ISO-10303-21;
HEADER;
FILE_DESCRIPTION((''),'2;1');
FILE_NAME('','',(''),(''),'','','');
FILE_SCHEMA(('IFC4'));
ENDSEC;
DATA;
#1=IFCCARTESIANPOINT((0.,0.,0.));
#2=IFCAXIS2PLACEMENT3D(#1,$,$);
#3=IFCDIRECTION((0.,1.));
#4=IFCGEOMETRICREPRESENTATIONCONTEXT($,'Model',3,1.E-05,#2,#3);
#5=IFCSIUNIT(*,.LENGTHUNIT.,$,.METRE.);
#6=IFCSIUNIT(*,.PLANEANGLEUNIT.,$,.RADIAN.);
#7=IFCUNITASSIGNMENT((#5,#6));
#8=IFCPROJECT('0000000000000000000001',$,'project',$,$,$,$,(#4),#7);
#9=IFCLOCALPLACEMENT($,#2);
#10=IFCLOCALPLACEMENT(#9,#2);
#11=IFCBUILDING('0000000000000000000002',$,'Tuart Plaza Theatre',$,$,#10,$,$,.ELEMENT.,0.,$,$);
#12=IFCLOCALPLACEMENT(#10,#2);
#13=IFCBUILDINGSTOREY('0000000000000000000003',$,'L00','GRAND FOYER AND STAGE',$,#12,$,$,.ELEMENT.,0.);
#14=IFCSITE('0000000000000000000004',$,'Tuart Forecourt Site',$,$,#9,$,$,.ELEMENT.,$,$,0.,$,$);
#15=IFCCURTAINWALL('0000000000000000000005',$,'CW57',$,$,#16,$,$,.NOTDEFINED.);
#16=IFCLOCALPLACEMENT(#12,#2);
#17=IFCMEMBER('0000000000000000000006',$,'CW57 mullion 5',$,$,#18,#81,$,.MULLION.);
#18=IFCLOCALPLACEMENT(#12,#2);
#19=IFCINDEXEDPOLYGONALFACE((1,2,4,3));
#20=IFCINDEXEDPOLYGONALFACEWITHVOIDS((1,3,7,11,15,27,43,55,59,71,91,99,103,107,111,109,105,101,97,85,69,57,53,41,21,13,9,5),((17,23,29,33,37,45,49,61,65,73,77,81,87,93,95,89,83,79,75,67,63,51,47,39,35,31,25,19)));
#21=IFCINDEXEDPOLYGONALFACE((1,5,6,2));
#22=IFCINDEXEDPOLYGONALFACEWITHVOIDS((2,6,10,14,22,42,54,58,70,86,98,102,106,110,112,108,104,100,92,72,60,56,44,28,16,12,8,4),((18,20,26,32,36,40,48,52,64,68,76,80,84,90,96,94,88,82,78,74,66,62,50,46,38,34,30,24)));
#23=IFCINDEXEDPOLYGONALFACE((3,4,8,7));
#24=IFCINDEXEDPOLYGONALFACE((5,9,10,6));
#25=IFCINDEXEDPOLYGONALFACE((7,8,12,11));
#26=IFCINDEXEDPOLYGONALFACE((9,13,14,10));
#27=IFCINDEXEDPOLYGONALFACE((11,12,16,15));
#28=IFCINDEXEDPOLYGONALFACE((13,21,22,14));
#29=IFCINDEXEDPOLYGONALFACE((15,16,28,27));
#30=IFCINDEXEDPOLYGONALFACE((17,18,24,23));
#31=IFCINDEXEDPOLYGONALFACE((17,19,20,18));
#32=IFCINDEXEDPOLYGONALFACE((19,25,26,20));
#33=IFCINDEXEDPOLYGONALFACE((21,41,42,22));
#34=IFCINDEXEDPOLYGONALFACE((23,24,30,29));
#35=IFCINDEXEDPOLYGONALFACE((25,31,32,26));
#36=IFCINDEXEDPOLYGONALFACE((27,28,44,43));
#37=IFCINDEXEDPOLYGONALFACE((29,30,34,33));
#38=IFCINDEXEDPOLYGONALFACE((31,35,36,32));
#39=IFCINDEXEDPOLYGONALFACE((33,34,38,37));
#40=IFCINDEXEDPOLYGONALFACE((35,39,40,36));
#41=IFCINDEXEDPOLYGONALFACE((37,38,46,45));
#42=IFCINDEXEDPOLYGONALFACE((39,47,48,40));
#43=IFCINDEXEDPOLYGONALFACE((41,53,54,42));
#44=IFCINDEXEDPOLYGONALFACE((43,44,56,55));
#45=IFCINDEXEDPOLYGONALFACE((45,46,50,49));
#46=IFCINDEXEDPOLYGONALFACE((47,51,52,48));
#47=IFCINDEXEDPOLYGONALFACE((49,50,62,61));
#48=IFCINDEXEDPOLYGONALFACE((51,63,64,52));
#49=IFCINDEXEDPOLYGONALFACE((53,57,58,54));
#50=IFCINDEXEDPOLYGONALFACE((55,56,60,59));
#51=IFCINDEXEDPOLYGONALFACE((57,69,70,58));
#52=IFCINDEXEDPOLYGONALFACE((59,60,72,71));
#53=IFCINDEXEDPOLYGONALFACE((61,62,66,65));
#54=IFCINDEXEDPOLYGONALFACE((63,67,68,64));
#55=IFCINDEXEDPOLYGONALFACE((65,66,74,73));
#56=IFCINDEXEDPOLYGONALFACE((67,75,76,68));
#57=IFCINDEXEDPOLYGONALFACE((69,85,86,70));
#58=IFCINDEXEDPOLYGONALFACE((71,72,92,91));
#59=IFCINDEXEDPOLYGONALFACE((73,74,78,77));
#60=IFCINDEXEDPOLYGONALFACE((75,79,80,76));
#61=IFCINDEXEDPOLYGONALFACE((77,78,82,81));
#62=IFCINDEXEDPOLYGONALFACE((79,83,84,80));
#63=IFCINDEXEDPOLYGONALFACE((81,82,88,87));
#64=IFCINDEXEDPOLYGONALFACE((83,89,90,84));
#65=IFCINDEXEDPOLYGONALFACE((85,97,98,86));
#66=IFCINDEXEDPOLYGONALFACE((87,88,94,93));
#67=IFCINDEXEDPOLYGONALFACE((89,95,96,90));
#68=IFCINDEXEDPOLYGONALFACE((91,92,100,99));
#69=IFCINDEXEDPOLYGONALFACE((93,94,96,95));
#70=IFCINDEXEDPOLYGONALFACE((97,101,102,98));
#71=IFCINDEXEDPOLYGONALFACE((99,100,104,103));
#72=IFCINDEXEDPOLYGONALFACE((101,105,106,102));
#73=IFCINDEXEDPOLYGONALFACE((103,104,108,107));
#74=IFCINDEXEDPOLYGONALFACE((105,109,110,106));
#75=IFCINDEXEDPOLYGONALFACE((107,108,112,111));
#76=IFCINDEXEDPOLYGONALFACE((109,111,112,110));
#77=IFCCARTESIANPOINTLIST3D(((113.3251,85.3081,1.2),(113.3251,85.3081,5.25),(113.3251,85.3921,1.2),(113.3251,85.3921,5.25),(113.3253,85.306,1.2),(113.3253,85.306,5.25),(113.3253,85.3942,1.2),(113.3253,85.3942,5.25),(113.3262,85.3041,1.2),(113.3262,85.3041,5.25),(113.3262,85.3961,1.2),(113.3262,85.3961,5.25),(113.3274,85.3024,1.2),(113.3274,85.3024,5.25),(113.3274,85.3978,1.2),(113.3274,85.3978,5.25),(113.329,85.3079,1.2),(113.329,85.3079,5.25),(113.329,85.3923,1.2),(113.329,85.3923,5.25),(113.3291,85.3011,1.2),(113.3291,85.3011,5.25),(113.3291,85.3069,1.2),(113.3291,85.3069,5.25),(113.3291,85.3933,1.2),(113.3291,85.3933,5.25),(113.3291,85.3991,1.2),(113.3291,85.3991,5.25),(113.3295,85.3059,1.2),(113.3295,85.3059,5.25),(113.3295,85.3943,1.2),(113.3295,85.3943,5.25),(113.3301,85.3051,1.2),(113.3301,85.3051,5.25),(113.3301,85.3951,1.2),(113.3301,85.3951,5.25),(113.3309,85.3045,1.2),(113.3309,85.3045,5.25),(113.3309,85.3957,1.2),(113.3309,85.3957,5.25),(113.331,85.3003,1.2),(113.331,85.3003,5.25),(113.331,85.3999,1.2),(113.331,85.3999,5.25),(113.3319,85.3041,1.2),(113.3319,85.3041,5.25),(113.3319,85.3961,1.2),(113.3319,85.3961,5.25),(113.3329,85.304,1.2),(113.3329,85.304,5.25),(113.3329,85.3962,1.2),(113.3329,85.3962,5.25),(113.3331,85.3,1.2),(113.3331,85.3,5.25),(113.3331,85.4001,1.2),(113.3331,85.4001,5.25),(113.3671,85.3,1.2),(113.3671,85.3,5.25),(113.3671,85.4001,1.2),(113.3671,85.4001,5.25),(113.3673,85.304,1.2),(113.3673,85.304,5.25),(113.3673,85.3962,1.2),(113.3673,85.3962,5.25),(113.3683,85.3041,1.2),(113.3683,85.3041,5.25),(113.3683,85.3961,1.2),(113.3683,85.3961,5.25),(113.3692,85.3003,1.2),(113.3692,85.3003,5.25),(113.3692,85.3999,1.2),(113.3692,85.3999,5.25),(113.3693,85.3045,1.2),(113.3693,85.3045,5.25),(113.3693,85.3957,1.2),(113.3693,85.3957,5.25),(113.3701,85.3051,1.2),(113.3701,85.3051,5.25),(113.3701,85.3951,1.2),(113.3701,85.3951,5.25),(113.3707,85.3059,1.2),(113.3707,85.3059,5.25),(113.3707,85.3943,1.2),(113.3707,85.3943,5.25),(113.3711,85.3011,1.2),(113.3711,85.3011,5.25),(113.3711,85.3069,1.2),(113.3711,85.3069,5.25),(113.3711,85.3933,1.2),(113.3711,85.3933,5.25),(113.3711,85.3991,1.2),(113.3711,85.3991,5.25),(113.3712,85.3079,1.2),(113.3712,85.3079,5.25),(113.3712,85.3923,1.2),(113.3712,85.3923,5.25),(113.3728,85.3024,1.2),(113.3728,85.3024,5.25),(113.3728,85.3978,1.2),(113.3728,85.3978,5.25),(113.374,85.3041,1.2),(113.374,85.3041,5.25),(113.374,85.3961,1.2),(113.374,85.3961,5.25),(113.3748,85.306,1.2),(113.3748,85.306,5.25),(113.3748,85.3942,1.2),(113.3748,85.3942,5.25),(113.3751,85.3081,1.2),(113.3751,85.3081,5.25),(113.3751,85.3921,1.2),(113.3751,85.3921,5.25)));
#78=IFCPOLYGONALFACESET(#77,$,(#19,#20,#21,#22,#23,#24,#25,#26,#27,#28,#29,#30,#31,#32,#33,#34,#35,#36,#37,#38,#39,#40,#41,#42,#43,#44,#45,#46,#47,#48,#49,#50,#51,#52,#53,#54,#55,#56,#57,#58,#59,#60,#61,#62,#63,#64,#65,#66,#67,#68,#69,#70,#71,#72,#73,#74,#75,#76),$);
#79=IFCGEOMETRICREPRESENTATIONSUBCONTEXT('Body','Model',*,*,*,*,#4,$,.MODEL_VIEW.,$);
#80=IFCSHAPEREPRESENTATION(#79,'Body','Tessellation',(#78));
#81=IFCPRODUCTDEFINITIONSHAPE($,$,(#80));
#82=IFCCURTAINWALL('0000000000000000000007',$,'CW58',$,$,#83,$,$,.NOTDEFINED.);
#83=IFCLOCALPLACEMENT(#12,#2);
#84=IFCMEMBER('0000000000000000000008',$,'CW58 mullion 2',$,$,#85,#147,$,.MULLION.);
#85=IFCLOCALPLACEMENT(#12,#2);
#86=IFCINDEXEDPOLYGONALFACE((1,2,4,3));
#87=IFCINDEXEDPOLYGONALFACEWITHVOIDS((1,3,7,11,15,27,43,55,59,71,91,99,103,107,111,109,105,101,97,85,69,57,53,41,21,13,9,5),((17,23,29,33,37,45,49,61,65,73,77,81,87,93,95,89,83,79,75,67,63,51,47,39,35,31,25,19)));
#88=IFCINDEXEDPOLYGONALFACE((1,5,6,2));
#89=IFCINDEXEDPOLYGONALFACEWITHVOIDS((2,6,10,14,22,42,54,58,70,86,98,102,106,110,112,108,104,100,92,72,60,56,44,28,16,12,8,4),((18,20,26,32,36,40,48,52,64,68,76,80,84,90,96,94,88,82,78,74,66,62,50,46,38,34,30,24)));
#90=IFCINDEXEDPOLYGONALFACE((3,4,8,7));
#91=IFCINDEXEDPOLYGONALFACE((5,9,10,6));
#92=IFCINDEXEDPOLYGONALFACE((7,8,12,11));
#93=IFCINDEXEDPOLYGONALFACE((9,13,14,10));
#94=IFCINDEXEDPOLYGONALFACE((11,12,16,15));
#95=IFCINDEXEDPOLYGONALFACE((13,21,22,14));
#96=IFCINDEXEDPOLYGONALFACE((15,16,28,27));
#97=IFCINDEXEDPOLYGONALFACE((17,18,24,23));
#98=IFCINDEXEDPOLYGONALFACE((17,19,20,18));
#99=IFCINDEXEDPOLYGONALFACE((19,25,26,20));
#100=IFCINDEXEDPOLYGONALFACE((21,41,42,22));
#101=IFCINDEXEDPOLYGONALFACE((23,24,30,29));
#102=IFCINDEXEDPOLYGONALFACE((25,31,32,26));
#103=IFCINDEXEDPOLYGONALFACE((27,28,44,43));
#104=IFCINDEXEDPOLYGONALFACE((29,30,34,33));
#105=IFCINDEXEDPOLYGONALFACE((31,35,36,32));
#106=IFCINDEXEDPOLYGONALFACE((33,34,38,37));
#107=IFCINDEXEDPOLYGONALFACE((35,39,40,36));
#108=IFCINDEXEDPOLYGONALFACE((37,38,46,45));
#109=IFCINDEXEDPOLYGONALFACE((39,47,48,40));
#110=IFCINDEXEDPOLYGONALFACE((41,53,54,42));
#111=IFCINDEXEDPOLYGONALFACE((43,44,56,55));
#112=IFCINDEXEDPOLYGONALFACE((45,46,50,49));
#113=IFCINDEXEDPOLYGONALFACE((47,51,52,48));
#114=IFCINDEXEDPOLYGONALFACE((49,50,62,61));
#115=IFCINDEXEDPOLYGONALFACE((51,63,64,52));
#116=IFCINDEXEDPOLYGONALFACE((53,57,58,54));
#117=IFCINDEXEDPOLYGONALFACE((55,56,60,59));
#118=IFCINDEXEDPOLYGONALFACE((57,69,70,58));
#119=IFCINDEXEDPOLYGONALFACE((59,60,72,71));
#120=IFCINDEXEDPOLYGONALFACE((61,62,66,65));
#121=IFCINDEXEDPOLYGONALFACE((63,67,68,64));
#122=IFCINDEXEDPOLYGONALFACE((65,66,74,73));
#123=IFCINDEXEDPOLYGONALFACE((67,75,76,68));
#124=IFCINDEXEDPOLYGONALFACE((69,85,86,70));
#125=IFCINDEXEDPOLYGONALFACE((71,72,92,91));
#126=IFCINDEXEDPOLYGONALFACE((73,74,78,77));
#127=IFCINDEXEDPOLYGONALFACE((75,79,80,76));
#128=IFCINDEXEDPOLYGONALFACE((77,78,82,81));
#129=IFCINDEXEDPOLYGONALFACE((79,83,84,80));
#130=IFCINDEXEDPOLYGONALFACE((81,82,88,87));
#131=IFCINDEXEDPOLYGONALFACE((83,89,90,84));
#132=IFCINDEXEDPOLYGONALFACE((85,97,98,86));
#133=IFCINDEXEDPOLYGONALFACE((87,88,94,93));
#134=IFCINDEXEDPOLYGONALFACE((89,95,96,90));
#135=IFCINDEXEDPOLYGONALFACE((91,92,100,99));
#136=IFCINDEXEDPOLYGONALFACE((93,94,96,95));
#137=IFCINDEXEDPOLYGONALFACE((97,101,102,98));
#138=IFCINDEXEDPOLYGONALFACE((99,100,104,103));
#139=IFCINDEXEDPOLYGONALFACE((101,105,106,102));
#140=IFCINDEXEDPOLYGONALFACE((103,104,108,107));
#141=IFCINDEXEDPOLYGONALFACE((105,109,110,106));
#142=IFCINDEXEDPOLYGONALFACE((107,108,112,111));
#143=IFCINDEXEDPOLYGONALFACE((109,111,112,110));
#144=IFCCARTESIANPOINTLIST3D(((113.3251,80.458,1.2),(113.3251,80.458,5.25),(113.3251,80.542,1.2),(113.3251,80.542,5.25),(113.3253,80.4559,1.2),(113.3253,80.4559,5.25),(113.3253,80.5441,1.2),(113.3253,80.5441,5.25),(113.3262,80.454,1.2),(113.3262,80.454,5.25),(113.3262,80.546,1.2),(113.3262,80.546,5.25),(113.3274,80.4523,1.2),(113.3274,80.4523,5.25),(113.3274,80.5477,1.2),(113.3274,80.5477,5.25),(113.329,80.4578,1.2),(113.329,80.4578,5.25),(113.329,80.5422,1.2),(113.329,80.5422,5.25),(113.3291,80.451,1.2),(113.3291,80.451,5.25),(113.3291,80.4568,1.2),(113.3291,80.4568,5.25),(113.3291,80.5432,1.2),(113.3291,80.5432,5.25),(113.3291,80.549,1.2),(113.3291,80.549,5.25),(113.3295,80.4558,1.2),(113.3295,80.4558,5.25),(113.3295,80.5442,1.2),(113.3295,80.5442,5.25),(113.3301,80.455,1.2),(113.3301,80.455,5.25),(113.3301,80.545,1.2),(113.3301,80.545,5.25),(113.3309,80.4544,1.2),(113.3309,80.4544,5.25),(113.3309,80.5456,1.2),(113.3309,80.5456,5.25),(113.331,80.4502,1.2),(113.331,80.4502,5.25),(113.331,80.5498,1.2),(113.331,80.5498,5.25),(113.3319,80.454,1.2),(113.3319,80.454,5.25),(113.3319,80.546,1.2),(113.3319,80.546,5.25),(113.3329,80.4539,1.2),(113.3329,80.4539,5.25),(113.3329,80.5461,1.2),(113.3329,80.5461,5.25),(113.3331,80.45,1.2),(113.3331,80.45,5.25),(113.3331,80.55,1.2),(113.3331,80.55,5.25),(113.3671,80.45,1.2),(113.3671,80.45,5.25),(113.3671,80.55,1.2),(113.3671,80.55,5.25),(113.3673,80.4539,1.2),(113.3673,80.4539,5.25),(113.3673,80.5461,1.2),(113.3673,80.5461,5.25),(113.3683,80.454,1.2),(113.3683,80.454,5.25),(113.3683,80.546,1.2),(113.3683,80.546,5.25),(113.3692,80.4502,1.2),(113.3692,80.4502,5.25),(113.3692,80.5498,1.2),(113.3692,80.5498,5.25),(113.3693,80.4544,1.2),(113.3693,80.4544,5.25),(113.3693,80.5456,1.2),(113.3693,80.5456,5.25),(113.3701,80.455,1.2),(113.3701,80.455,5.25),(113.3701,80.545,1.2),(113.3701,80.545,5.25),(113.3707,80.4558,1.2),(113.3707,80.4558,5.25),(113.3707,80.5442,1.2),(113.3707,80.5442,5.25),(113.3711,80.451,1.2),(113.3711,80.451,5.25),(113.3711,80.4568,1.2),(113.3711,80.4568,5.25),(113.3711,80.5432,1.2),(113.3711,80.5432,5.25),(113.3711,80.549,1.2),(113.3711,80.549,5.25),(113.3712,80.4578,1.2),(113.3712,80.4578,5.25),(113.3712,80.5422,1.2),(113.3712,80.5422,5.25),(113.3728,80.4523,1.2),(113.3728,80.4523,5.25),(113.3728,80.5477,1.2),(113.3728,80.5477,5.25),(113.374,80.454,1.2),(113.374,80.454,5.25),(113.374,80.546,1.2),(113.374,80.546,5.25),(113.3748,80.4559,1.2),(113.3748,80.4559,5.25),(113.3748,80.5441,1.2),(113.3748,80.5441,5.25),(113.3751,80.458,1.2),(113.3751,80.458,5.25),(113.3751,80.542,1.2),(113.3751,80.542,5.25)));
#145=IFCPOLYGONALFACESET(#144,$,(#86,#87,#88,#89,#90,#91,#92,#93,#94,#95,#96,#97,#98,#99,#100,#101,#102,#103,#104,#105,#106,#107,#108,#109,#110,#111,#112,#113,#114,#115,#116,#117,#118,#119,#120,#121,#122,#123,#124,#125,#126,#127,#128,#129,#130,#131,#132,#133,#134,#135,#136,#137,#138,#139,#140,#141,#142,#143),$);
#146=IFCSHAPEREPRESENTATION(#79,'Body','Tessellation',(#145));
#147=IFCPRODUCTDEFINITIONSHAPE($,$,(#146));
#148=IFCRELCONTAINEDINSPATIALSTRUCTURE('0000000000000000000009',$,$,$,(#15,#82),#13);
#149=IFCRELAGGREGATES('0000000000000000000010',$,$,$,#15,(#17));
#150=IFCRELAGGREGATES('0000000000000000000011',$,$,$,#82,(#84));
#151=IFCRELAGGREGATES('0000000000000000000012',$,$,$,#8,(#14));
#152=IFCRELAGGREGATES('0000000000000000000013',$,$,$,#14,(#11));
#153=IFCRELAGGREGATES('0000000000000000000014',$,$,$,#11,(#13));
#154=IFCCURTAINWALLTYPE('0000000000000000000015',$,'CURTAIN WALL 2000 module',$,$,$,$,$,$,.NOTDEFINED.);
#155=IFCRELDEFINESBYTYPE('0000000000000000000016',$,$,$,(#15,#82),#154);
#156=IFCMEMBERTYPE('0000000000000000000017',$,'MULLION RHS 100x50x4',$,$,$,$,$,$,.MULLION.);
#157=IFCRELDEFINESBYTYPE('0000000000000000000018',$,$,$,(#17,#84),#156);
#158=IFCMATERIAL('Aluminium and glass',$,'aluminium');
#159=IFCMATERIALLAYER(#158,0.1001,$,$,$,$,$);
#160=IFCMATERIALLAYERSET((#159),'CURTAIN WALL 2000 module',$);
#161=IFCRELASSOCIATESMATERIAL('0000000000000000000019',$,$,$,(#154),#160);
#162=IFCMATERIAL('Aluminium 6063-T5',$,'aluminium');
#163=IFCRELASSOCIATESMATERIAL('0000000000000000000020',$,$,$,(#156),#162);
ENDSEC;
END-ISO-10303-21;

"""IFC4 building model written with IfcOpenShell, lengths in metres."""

from ifc_helpers import new_model, si_unit, direction, frame, origin, origin_2d, place, context, subcontext, project, spatial, hollow_rectangle, extrude, material, layer, layer_set, material_profile, profile_set, type_object, element, aggregate, save


model = new_model("IFC4")

# Units and contexts
model_context = context("Model", 3, precision=1e-05, world=origin(), true_north=direction((0.0, 1.0)))
body_context = subcontext(model_context, "Body", "Model", "MODEL_VIEW")
ifc_project = project(units=[si_unit("LENGTHUNIT", "METRE"), si_unit("PLANEANGLEUNIT", "RADIAN")], contexts=[model_context])

# Site, building, storey
site_placement = place(None, origin())
site = spatial("IfcSite", under=ifc_project, at=site_placement, Name="Tuart Forecourt Site", CompositionType="ELEMENT", RefElevation=0.0)
building_placement = place(site_placement, origin())
building = spatial("IfcBuilding", under=site, at=building_placement, Name="Tuart Plaza Theatre", CompositionType="ELEMENT", ElevationOfRefHeight=0.0)
storey_placement = place(building_placement, origin())
storey = spatial("IfcBuildingStorey", under=building, at=storey_placement, Name="L00", Description="GRAND FOYER AND STAGE", CompositionType="ELEMENT", Elevation=0.0)

# Curtain walls, members
ifc_material_1 = material(Name="Aluminium and glass", Category="aluminium")
ifc_layer_1 = layer(ifc_material_1, 0.1001)
ifc_layer_set_1 = layer_set([ifc_layer_1], Name="CURTAIN WALL 2000 module")
curtain_wall_type = type_object("IfcCurtainWallType", Name="CURTAIN WALL 2000 module", PredefinedType="NOTDEFINED", material=ifc_layer_set_1)
curtain_wall_1_placement = place(storey_placement, origin())
curtain_wall_1 = element("IfcCurtainWall", 1, at=curtain_wall_1_placement, inside=storey, type_object=curtain_wall_type, Name="CW57", PredefinedType="NOTDEFINED")
ifc_material_2 = material(Name="Aluminium 6063-T5", Category="aluminium")
ifc_material_profile_1 = material_profile(ifc_material_2, hollow_rectangle(XDim=0.05, YDim=0.1001, WallThickness=0.0039, InnerFilletRadius=0.0039, OuterFilletRadius=0.0081, at=origin_2d()), Name="RHS 100x50x4")
ifc_profile_set_1 = profile_set([ifc_material_profile_1], Name="Aluminium 6063-T5")
member_type_1 = type_object("IfcMemberType", Name="MULLION RHS 100x50x4", PredefinedType="MULLION", material=ifc_profile_set_1)
member_1_placement = place(storey_placement, frame((113.3501, 85.3501, 1.2), z_axis=(0.0, 0.0, 1.0), x_axis=(1.0, 0.0, 0.0)))
member_1 = element("IfcMember", 2, at=member_1_placement, type_object=member_type_1, Name="CW57 mullion 5", PredefinedType="MULLION", context=body_context, shape_type="SweptSolid", body=[
    extrude(hollow_rectangle(XDim=0.05, YDim=0.1001, WallThickness=0.0039, InnerFilletRadius=0.0039, OuterFilletRadius=0.0081, at=origin_2d()), origin(), (0.0, 0.0, 1.0), 4.05),
])
curtain_wall_2_placement = place(storey_placement, origin())
curtain_wall_2 = element("IfcCurtainWall", 3, at=curtain_wall_2_placement, inside=storey, type_object=curtain_wall_type, Name="CW58", PredefinedType="NOTDEFINED")
member_2_placement = place(storey_placement, frame((113.3501, 80.5, 1.2), z_axis=(0.0, 0.0, 1.0), x_axis=(1.0, 0.0, 0.0)))
member_2 = element("IfcMember", 4, at=member_2_placement, type_object=member_type_1, Name="CW58 mullion 2", PredefinedType="MULLION", context=body_context, shape_type="SweptSolid", body=[
    extrude(hollow_rectangle(XDim=0.05, YDim=0.1001, WallThickness=0.0039, InnerFilletRadius=0.0039, OuterFilletRadius=0.0081, at=origin_2d()), origin(), (0.0, 0.0, 1.0), 4.05),
])

aggregate(curtain_wall_1, [member_1])
aggregate(curtain_wall_2, [member_2])

save(model, "model.ifc")
